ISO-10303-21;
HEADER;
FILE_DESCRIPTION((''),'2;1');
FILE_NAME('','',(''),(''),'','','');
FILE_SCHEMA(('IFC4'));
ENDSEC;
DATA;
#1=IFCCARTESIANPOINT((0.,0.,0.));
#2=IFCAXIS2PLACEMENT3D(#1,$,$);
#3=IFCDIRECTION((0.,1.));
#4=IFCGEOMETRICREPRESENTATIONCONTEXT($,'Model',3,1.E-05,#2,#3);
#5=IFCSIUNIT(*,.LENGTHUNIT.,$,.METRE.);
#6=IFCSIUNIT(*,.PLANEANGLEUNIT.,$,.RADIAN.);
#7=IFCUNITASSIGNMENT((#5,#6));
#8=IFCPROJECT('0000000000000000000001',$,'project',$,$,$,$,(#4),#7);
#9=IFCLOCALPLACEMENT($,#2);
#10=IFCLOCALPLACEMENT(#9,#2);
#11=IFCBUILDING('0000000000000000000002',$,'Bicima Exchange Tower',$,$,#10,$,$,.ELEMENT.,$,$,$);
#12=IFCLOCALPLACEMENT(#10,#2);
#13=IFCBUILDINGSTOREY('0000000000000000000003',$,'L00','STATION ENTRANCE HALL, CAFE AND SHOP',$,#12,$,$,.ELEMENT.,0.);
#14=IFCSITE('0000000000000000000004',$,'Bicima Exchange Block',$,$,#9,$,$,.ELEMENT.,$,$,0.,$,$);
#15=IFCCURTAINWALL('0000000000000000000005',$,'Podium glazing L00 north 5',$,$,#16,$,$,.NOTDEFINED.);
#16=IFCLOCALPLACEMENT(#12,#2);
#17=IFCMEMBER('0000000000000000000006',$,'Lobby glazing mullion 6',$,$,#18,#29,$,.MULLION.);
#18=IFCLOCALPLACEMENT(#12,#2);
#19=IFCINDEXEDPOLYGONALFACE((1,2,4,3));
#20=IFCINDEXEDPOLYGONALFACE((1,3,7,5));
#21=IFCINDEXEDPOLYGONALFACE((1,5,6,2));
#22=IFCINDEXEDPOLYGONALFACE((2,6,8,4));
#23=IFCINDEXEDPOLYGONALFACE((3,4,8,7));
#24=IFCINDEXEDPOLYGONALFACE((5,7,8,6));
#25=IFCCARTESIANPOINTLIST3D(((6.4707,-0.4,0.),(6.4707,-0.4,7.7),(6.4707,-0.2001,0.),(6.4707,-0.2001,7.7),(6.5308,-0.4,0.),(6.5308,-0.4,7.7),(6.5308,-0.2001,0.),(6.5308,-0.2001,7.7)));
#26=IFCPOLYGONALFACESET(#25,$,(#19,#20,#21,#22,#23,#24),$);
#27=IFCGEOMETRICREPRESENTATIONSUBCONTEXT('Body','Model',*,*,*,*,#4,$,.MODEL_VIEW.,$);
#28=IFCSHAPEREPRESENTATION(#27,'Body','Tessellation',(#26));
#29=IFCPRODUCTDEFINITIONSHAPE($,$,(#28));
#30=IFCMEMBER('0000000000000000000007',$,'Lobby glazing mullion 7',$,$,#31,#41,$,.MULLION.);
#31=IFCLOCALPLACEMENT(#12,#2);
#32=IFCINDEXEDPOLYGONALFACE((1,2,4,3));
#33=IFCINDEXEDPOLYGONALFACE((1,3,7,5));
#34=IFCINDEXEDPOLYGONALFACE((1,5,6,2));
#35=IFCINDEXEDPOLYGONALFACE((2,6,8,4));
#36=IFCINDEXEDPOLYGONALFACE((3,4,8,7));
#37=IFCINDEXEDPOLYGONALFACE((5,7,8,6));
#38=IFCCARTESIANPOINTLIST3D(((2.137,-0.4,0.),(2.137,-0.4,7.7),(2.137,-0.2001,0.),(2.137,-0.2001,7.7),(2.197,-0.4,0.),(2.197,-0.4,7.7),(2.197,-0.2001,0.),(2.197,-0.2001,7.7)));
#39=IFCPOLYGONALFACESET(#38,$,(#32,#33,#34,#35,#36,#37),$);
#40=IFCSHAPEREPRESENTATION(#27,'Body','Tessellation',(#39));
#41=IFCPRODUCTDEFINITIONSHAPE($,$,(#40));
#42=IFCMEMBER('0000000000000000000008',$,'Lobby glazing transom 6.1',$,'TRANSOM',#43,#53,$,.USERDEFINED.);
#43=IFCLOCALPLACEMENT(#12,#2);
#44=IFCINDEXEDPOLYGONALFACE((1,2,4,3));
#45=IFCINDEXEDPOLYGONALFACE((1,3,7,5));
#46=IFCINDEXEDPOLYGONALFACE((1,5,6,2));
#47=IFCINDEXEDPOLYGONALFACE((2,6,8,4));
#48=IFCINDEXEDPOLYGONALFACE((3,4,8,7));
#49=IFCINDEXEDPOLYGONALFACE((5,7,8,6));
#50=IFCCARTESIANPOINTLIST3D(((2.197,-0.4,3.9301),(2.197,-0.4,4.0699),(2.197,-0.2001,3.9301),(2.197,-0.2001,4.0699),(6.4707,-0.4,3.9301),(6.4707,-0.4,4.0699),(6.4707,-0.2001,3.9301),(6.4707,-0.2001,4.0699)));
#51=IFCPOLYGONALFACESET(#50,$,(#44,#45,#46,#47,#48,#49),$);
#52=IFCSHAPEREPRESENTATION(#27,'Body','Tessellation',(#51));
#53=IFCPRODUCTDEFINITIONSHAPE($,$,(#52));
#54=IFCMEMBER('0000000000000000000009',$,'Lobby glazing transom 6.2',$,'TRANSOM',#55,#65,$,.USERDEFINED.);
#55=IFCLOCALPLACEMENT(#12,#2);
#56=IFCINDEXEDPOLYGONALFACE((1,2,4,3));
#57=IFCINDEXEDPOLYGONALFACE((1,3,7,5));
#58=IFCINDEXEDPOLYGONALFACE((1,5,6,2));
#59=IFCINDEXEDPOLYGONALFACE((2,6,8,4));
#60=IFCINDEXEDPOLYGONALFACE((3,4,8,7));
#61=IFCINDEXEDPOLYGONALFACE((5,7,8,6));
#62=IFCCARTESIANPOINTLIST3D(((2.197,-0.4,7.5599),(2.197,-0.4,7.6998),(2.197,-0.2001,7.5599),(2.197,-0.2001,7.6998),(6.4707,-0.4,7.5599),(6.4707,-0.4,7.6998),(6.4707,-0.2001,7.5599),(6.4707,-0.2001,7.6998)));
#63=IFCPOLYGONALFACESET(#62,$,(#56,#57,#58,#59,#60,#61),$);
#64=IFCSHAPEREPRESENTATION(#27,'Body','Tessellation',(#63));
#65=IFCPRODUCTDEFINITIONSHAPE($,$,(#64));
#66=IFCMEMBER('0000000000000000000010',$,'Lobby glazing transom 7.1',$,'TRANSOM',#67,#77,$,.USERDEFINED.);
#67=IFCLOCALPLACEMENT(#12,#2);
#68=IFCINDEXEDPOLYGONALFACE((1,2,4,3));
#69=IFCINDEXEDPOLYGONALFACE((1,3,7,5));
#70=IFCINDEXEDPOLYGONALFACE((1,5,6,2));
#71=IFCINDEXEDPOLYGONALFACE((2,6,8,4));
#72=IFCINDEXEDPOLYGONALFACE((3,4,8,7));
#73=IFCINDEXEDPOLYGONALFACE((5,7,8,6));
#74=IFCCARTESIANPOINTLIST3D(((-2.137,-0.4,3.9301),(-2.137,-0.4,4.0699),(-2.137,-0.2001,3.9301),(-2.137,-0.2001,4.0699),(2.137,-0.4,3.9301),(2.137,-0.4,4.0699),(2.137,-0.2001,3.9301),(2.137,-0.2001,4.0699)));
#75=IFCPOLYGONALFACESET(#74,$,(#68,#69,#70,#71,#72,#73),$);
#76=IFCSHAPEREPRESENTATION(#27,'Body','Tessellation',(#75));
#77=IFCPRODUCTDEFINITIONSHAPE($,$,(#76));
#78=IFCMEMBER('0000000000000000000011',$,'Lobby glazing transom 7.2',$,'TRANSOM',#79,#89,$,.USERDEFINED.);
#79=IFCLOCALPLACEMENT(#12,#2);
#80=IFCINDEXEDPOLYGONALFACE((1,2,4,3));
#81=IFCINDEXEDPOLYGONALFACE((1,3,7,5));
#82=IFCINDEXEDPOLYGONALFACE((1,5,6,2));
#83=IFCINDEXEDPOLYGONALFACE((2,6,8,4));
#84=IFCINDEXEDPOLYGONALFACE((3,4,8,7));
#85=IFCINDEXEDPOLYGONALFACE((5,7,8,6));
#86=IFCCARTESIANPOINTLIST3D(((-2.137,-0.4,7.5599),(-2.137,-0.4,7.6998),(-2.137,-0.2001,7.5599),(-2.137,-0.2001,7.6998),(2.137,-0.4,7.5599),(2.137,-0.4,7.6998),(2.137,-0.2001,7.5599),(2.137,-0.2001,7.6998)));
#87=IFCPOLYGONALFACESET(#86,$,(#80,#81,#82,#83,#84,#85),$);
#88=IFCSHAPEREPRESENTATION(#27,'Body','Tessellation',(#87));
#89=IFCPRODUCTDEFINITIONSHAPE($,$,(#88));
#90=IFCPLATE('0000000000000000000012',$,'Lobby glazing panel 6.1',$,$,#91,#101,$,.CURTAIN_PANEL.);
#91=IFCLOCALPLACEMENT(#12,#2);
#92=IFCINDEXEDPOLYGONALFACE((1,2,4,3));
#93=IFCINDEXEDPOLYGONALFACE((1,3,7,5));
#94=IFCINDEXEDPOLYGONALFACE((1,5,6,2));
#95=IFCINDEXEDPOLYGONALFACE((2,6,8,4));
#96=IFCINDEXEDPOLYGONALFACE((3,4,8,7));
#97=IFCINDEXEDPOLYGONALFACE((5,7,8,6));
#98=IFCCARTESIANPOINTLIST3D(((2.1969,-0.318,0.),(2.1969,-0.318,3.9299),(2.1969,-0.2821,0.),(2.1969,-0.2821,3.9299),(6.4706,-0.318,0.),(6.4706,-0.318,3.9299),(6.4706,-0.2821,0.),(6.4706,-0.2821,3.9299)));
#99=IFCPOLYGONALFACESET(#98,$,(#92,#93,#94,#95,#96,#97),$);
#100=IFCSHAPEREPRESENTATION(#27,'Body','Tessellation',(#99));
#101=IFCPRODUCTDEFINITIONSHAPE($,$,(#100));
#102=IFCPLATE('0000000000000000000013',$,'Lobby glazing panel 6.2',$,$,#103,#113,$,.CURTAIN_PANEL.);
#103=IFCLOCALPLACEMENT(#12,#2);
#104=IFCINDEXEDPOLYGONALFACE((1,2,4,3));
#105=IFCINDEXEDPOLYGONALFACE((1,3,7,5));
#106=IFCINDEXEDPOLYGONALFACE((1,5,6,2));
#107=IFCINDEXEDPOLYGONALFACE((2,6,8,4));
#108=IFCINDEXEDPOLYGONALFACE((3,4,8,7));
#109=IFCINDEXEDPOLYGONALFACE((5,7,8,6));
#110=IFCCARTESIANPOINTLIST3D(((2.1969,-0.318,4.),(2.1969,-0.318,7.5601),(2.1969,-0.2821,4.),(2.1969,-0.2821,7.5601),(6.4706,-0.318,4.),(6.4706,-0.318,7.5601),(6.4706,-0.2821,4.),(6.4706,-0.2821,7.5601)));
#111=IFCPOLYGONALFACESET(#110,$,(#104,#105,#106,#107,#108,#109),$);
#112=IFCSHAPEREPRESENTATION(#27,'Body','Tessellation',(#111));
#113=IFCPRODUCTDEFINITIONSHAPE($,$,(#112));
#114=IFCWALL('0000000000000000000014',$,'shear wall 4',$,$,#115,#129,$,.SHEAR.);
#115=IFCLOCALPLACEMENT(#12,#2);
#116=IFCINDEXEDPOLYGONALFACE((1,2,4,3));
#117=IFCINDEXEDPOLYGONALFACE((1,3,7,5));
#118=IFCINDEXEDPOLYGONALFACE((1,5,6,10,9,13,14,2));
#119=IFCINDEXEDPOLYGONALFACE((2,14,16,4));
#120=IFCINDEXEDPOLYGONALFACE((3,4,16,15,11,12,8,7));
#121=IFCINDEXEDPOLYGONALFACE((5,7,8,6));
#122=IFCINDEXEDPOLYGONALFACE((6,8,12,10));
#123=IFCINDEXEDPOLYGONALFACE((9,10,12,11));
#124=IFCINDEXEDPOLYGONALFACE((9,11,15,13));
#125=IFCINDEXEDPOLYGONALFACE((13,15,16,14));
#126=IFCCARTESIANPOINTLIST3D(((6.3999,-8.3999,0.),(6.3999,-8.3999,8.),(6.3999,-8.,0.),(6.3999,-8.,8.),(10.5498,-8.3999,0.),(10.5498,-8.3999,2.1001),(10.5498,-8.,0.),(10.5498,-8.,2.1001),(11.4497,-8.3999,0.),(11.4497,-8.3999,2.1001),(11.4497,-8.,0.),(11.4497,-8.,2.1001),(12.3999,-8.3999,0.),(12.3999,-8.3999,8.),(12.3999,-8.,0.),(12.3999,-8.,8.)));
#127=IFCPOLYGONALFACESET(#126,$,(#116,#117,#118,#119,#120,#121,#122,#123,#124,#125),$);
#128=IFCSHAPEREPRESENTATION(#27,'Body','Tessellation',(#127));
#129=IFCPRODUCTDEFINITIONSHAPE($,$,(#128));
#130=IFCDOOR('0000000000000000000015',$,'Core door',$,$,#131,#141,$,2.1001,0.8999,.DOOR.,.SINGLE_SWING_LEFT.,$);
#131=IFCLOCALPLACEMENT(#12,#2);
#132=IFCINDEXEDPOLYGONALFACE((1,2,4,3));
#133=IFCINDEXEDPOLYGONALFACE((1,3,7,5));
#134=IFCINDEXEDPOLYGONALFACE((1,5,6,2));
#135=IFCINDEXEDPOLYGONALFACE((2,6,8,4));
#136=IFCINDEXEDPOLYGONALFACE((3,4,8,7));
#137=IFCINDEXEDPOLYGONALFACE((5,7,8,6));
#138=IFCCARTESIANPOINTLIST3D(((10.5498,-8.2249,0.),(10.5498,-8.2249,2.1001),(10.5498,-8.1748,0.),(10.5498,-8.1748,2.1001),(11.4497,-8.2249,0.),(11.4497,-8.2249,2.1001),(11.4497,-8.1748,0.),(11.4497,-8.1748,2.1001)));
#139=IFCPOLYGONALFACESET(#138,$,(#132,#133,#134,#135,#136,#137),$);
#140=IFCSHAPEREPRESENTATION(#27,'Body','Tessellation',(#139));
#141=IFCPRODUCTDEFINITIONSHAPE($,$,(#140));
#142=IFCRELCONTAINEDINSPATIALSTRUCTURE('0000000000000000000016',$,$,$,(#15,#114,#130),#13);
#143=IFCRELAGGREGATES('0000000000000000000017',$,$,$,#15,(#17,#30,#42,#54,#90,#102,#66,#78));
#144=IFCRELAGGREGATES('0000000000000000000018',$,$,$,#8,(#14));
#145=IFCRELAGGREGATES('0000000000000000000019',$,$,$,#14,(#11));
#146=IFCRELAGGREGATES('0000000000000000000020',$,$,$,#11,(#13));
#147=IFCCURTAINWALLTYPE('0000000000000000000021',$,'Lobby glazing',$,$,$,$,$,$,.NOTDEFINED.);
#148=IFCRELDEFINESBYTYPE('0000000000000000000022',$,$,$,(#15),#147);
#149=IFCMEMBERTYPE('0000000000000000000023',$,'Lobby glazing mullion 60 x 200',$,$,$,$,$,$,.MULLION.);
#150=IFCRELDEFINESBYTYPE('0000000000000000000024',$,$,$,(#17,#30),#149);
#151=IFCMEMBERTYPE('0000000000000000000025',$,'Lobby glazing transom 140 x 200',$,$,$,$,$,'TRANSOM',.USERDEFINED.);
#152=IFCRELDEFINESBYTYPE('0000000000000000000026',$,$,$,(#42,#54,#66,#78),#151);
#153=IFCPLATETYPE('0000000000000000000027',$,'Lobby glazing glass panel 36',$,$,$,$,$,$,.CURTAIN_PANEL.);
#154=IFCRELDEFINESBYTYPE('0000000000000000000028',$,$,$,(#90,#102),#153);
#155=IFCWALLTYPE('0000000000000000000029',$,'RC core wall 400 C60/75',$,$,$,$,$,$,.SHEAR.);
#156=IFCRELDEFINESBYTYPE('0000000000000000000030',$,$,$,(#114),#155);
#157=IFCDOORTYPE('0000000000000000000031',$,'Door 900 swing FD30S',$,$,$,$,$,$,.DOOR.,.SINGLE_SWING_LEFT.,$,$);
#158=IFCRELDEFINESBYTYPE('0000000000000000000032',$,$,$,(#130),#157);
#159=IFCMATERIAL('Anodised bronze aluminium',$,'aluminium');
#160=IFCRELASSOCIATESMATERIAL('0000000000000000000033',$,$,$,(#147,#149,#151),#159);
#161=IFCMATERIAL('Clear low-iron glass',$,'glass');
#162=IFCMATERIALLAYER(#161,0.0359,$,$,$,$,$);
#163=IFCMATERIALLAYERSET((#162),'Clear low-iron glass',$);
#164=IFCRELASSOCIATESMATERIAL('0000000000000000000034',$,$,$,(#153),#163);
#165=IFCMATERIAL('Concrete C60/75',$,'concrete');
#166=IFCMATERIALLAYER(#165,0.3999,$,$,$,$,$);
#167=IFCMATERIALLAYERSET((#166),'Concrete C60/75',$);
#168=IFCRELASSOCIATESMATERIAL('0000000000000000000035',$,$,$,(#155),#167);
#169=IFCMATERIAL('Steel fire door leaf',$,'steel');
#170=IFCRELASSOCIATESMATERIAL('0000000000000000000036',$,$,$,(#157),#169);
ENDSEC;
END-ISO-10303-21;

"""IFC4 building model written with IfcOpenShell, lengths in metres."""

from ifc_helpers import new_model, si_unit, direction, frame, frame_2d, origin, origin_2d, place, context, subcontext, project, spatial, rectangle, extrude, material, layer, layer_set, material_profile, profile_set, type_object, element, fill, aggregate, save


model = new_model("IFC4")

# Units and contexts
model_context = context("Model", 3, precision=1e-05, world=origin(), true_north=direction((0.0, 1.0)))
body_context = subcontext(model_context, "Body", "Model", "MODEL_VIEW")
ifc_project = project(units=[si_unit("LENGTHUNIT", "METRE"), si_unit("PLANEANGLEUNIT", "RADIAN")], contexts=[model_context])

# Site, building, storey
site_placement = place(None, origin())
site = spatial("IfcSite", under=ifc_project, at=site_placement, Name="Bicima Exchange Block", CompositionType="ELEMENT", RefElevation=0.0)
building_placement = place(site_placement, origin())
building = spatial("IfcBuilding", under=site, at=building_placement, Name="Bicima Exchange Tower", CompositionType="ELEMENT")
storey_placement = place(building_placement, origin())
storey = spatial("IfcBuildingStorey", under=building, at=storey_placement, Name="L00", Description="STATION ENTRANCE HALL, CAFE AND SHOP", CompositionType="ELEMENT", Elevation=0.0)

# Curtain wall, members, plates
ifc_material_1 = material(Name="Anodised bronze aluminium", Category="aluminium")
curtain_wall_type = type_object("IfcCurtainWallType", Name="Lobby glazing", PredefinedType="NOTDEFINED", material=ifc_material_1)
curtain_wall_placement = place(storey_placement, origin())
curtain_wall = element("IfcCurtainWall", 1, at=curtain_wall_placement, inside=storey, type_object=curtain_wall_type, Name="Podium glazing L00 north 5", PredefinedType="NOTDEFINED")
ifc_material_profile_1 = material_profile(ifc_material_1, rectangle(XDim=0.2, YDim=0.0601, at=origin_2d()))
ifc_profile_set_1 = profile_set([ifc_material_profile_1], Name="Anodised bronze aluminium")
member_type_1 = type_object("IfcMemberType", Name="Lobby glazing mullion 60 x 200", PredefinedType="MULLION", material=ifc_profile_set_1)
member_1_placement = place(storey_placement, frame((6.5007, -0.3, 0.0), z_axis=(0.0, 0.0, 1.0), x_axis=(0.0, -1.0, 0.0)))
member_1 = element("IfcMember", 2, at=member_1_placement, type_object=member_type_1, Name="Lobby glazing mullion 6", PredefinedType="MULLION", context=body_context, shape_type="SweptSolid", body=[
    extrude(rectangle(XDim=0.2, YDim=0.0601, at=origin_2d()), origin(), (0.0, 0.0, 1.0), 7.7),
])
member_2_placement = place(storey_placement, frame((2.167, -0.3, 0.0), z_axis=(0.0, 0.0, 1.0), x_axis=(0.0, -1.0, 0.0)))
member_2 = element("IfcMember", 3, at=member_2_placement, type_object=member_type_1, Name="Lobby glazing mullion 7", PredefinedType="MULLION", context=body_context, shape_type="SweptSolid", body=[
    extrude(rectangle(XDim=0.2, YDim=0.0601, at=origin_2d()), origin(), (0.0, 0.0, 1.0), 7.7),
])
ifc_material_profile_2 = material_profile(ifc_material_1, rectangle(XDim=0.2, YDim=0.1399, at=origin_2d()))
ifc_profile_set_2 = profile_set([ifc_material_profile_2], Name="Anodised bronze aluminium")
member_type_2 = type_object("IfcMemberType", Name="Lobby glazing transom 140 x 200", ElementType="TRANSOM", PredefinedType="USERDEFINED", material=ifc_profile_set_2)
member_3_placement = place(storey_placement, frame((6.4707, -0.3, 4.0), z_axis=(-1.0, 0.0, 0.0), x_axis=(0.0, -1.0, 0.0)))
member_3 = element("IfcMember", 4, at=member_3_placement, type_object=member_type_2, Name="Lobby glazing transom 6.1", ObjectType="TRANSOM", PredefinedType="USERDEFINED", context=body_context, shape_type="SweptSolid", body=[
    extrude(rectangle(XDim=0.2, YDim=0.1399, at=origin_2d()), origin(), (0.0, 0.0, 1.0), 4.2737),
])
member_4_placement = place(storey_placement, frame((6.4707, -0.3, 7.6299), z_axis=(-1.0, 0.0, 0.0), x_axis=(0.0, -1.0, 0.0)))
member_4 = element("IfcMember", 5, at=member_4_placement, type_object=member_type_2, Name="Lobby glazing transom 6.2", ObjectType="TRANSOM", PredefinedType="USERDEFINED", context=body_context, shape_type="SweptSolid", body=[
    extrude(rectangle(XDim=0.2, YDim=0.1399, at=origin_2d()), origin(), (0.0, 0.0, 1.0), 4.2737),
])
member_5_placement = place(storey_placement, frame((2.137, -0.3, 4.0), z_axis=(-1.0, 0.0, 0.0), x_axis=(0.0, -1.0, 0.0)))
member_5 = element("IfcMember", 6, at=member_5_placement, type_object=member_type_2, Name="Lobby glazing transom 7.1", ObjectType="TRANSOM", PredefinedType="USERDEFINED", context=body_context, shape_type="SweptSolid", body=[
    extrude(rectangle(XDim=0.2, YDim=0.1399, at=origin_2d()), origin(), (0.0, 0.0, 1.0), 4.2739),
])
member_6_placement = place(storey_placement, frame((2.137, -0.3, 7.6299), z_axis=(-1.0, 0.0, 0.0), x_axis=(0.0, -1.0, 0.0)))
member_6 = element("IfcMember", 7, at=member_6_placement, type_object=member_type_2, Name="Lobby glazing transom 7.2", ObjectType="TRANSOM", PredefinedType="USERDEFINED", context=body_context, shape_type="SweptSolid", body=[
    extrude(rectangle(XDim=0.2, YDim=0.1399, at=origin_2d()), origin(), (0.0, 0.0, 1.0), 4.2739),
])
ifc_material_2 = material(Name="Clear low-iron glass", Category="glass")
ifc_layer_1 = layer(ifc_material_2, 0.0359)
ifc_layer_set_1 = layer_set([ifc_layer_1], Name="Clear low-iron glass")
plate_type = type_object("IfcPlateType", Name="Lobby glazing glass panel 36", PredefinedType="CURTAIN_PANEL", material=ifc_layer_set_1)
plate_1_placement = place(storey_placement, frame((4.3337, -0.3, 0.0), z_axis=(0.0, 0.0, 1.0), x_axis=(-1.0, 0.0, 0.0)))
plate_1 = element("IfcPlate", 8, at=plate_1_placement, type_object=plate_type, Name="Lobby glazing panel 6.1", PredefinedType="CURTAIN_PANEL", context=body_context, shape_type="SweptSolid", body=[
    extrude(rectangle(XDim=4.2737, YDim=0.0359, at=origin_2d()), origin(), (0.0, 0.0, 1.0), 3.9299),
])
plate_2_placement = place(storey_placement, frame((4.3337, -0.3, 4.0), z_axis=(0.0, 0.0, 1.0), x_axis=(-1.0, 0.0, 0.0)))
plate_2 = element("IfcPlate", 9, at=plate_2_placement, type_object=plate_type, Name="Lobby glazing panel 6.2", PredefinedType="CURTAIN_PANEL", context=body_context, shape_type="SweptSolid", body=[
    extrude(rectangle(XDim=4.2737, YDim=0.0359, at=origin_2d()), origin(), (0.0, 0.0, 1.0), 3.5601),
])
aggregate(curtain_wall, [member_1, member_2, member_3, member_4, plate_1, plate_2, member_5, member_6])

# Wall, opening, door
ifc_material_3 = material(Name="Concrete C60/75", Category="concrete")
ifc_layer_2 = layer(ifc_material_3, 0.3999)
ifc_layer_set_2 = layer_set([ifc_layer_2], Name="Concrete C60/75")
wall_type = type_object("IfcWallType", Name="RC core wall 400 C60/75", PredefinedType="SHEAR", material=ifc_layer_set_2)
wall_1_placement = place(storey_placement, frame((6.3999, -8.2, 0.0), z_axis=(0.0, 0.0, 1.0), x_axis=(1.0, 0.0, 0.0)))
wall_1 = element("IfcWall", 10, at=wall_1_placement, inside=storey, type_object=wall_type, Name="shear wall 4", PredefinedType="SHEAR", context=body_context, shape_type="SweptSolid", body=[
    extrude(rectangle(XDim=6.0, YDim=0.3999, at=frame_2d((3.0, 0.0))), origin(), (0.0, 0.0, 1.0), 8.0),
])
opening_1_placement = place(wall_1_placement, frame((4.1499, 0.0, 0.0)))
opening_1 = element("IfcOpeningElement", 11, at=opening_1_placement, cuts=wall_1, PredefinedType="OPENING", context=body_context, shape_type="SweptSolid", body=[
    extrude(rectangle(XDim=0.8999, YDim=2.1001, at=frame_2d((0.45, 1.05))), frame((0.0, 0.2119, 0.0), z_axis=(0.0, -1.0, 0.0), x_axis=(1.0, 0.0, 0.0)), (0.0, 0.0, 1.0), 0.4238),
])
ifc_material_4 = material(Name="Steel fire door leaf", Category="steel")
door_type_1 = type_object("IfcDoorType", Name="Door 900 swing FD30S", OperationType="SINGLE_SWING_LEFT", PredefinedType="DOOR", material=ifc_material_4)
door_1_placement = place(opening_1_placement, frame((0.8999, 0.0, 0.0), z_axis=(0.0, 0.0, 1.0), x_axis=(-1.0, 0.0, 0.0)))
door_1 = element("IfcDoor", 12, at=door_1_placement, inside=storey, type_object=door_type_1, Name="Core door", OperationType="SINGLE_SWING_LEFT", OverallHeight=2.1001, OverallWidth=0.8999, PredefinedType="DOOR", context=body_context, shape_type="SweptSolid", body=[
    extrude(rectangle(XDim=0.8999, YDim=2.1001, at=frame_2d((0.45, 1.05))), frame((0.0, 0.0249, 0.0), z_axis=(0.0, -1.0, 0.0), x_axis=(1.0, 0.0, 0.0)), (0.0, 0.0, 1.0), 0.05),
])
fill(opening_1, door_1)

save(model, "model.ifc")
